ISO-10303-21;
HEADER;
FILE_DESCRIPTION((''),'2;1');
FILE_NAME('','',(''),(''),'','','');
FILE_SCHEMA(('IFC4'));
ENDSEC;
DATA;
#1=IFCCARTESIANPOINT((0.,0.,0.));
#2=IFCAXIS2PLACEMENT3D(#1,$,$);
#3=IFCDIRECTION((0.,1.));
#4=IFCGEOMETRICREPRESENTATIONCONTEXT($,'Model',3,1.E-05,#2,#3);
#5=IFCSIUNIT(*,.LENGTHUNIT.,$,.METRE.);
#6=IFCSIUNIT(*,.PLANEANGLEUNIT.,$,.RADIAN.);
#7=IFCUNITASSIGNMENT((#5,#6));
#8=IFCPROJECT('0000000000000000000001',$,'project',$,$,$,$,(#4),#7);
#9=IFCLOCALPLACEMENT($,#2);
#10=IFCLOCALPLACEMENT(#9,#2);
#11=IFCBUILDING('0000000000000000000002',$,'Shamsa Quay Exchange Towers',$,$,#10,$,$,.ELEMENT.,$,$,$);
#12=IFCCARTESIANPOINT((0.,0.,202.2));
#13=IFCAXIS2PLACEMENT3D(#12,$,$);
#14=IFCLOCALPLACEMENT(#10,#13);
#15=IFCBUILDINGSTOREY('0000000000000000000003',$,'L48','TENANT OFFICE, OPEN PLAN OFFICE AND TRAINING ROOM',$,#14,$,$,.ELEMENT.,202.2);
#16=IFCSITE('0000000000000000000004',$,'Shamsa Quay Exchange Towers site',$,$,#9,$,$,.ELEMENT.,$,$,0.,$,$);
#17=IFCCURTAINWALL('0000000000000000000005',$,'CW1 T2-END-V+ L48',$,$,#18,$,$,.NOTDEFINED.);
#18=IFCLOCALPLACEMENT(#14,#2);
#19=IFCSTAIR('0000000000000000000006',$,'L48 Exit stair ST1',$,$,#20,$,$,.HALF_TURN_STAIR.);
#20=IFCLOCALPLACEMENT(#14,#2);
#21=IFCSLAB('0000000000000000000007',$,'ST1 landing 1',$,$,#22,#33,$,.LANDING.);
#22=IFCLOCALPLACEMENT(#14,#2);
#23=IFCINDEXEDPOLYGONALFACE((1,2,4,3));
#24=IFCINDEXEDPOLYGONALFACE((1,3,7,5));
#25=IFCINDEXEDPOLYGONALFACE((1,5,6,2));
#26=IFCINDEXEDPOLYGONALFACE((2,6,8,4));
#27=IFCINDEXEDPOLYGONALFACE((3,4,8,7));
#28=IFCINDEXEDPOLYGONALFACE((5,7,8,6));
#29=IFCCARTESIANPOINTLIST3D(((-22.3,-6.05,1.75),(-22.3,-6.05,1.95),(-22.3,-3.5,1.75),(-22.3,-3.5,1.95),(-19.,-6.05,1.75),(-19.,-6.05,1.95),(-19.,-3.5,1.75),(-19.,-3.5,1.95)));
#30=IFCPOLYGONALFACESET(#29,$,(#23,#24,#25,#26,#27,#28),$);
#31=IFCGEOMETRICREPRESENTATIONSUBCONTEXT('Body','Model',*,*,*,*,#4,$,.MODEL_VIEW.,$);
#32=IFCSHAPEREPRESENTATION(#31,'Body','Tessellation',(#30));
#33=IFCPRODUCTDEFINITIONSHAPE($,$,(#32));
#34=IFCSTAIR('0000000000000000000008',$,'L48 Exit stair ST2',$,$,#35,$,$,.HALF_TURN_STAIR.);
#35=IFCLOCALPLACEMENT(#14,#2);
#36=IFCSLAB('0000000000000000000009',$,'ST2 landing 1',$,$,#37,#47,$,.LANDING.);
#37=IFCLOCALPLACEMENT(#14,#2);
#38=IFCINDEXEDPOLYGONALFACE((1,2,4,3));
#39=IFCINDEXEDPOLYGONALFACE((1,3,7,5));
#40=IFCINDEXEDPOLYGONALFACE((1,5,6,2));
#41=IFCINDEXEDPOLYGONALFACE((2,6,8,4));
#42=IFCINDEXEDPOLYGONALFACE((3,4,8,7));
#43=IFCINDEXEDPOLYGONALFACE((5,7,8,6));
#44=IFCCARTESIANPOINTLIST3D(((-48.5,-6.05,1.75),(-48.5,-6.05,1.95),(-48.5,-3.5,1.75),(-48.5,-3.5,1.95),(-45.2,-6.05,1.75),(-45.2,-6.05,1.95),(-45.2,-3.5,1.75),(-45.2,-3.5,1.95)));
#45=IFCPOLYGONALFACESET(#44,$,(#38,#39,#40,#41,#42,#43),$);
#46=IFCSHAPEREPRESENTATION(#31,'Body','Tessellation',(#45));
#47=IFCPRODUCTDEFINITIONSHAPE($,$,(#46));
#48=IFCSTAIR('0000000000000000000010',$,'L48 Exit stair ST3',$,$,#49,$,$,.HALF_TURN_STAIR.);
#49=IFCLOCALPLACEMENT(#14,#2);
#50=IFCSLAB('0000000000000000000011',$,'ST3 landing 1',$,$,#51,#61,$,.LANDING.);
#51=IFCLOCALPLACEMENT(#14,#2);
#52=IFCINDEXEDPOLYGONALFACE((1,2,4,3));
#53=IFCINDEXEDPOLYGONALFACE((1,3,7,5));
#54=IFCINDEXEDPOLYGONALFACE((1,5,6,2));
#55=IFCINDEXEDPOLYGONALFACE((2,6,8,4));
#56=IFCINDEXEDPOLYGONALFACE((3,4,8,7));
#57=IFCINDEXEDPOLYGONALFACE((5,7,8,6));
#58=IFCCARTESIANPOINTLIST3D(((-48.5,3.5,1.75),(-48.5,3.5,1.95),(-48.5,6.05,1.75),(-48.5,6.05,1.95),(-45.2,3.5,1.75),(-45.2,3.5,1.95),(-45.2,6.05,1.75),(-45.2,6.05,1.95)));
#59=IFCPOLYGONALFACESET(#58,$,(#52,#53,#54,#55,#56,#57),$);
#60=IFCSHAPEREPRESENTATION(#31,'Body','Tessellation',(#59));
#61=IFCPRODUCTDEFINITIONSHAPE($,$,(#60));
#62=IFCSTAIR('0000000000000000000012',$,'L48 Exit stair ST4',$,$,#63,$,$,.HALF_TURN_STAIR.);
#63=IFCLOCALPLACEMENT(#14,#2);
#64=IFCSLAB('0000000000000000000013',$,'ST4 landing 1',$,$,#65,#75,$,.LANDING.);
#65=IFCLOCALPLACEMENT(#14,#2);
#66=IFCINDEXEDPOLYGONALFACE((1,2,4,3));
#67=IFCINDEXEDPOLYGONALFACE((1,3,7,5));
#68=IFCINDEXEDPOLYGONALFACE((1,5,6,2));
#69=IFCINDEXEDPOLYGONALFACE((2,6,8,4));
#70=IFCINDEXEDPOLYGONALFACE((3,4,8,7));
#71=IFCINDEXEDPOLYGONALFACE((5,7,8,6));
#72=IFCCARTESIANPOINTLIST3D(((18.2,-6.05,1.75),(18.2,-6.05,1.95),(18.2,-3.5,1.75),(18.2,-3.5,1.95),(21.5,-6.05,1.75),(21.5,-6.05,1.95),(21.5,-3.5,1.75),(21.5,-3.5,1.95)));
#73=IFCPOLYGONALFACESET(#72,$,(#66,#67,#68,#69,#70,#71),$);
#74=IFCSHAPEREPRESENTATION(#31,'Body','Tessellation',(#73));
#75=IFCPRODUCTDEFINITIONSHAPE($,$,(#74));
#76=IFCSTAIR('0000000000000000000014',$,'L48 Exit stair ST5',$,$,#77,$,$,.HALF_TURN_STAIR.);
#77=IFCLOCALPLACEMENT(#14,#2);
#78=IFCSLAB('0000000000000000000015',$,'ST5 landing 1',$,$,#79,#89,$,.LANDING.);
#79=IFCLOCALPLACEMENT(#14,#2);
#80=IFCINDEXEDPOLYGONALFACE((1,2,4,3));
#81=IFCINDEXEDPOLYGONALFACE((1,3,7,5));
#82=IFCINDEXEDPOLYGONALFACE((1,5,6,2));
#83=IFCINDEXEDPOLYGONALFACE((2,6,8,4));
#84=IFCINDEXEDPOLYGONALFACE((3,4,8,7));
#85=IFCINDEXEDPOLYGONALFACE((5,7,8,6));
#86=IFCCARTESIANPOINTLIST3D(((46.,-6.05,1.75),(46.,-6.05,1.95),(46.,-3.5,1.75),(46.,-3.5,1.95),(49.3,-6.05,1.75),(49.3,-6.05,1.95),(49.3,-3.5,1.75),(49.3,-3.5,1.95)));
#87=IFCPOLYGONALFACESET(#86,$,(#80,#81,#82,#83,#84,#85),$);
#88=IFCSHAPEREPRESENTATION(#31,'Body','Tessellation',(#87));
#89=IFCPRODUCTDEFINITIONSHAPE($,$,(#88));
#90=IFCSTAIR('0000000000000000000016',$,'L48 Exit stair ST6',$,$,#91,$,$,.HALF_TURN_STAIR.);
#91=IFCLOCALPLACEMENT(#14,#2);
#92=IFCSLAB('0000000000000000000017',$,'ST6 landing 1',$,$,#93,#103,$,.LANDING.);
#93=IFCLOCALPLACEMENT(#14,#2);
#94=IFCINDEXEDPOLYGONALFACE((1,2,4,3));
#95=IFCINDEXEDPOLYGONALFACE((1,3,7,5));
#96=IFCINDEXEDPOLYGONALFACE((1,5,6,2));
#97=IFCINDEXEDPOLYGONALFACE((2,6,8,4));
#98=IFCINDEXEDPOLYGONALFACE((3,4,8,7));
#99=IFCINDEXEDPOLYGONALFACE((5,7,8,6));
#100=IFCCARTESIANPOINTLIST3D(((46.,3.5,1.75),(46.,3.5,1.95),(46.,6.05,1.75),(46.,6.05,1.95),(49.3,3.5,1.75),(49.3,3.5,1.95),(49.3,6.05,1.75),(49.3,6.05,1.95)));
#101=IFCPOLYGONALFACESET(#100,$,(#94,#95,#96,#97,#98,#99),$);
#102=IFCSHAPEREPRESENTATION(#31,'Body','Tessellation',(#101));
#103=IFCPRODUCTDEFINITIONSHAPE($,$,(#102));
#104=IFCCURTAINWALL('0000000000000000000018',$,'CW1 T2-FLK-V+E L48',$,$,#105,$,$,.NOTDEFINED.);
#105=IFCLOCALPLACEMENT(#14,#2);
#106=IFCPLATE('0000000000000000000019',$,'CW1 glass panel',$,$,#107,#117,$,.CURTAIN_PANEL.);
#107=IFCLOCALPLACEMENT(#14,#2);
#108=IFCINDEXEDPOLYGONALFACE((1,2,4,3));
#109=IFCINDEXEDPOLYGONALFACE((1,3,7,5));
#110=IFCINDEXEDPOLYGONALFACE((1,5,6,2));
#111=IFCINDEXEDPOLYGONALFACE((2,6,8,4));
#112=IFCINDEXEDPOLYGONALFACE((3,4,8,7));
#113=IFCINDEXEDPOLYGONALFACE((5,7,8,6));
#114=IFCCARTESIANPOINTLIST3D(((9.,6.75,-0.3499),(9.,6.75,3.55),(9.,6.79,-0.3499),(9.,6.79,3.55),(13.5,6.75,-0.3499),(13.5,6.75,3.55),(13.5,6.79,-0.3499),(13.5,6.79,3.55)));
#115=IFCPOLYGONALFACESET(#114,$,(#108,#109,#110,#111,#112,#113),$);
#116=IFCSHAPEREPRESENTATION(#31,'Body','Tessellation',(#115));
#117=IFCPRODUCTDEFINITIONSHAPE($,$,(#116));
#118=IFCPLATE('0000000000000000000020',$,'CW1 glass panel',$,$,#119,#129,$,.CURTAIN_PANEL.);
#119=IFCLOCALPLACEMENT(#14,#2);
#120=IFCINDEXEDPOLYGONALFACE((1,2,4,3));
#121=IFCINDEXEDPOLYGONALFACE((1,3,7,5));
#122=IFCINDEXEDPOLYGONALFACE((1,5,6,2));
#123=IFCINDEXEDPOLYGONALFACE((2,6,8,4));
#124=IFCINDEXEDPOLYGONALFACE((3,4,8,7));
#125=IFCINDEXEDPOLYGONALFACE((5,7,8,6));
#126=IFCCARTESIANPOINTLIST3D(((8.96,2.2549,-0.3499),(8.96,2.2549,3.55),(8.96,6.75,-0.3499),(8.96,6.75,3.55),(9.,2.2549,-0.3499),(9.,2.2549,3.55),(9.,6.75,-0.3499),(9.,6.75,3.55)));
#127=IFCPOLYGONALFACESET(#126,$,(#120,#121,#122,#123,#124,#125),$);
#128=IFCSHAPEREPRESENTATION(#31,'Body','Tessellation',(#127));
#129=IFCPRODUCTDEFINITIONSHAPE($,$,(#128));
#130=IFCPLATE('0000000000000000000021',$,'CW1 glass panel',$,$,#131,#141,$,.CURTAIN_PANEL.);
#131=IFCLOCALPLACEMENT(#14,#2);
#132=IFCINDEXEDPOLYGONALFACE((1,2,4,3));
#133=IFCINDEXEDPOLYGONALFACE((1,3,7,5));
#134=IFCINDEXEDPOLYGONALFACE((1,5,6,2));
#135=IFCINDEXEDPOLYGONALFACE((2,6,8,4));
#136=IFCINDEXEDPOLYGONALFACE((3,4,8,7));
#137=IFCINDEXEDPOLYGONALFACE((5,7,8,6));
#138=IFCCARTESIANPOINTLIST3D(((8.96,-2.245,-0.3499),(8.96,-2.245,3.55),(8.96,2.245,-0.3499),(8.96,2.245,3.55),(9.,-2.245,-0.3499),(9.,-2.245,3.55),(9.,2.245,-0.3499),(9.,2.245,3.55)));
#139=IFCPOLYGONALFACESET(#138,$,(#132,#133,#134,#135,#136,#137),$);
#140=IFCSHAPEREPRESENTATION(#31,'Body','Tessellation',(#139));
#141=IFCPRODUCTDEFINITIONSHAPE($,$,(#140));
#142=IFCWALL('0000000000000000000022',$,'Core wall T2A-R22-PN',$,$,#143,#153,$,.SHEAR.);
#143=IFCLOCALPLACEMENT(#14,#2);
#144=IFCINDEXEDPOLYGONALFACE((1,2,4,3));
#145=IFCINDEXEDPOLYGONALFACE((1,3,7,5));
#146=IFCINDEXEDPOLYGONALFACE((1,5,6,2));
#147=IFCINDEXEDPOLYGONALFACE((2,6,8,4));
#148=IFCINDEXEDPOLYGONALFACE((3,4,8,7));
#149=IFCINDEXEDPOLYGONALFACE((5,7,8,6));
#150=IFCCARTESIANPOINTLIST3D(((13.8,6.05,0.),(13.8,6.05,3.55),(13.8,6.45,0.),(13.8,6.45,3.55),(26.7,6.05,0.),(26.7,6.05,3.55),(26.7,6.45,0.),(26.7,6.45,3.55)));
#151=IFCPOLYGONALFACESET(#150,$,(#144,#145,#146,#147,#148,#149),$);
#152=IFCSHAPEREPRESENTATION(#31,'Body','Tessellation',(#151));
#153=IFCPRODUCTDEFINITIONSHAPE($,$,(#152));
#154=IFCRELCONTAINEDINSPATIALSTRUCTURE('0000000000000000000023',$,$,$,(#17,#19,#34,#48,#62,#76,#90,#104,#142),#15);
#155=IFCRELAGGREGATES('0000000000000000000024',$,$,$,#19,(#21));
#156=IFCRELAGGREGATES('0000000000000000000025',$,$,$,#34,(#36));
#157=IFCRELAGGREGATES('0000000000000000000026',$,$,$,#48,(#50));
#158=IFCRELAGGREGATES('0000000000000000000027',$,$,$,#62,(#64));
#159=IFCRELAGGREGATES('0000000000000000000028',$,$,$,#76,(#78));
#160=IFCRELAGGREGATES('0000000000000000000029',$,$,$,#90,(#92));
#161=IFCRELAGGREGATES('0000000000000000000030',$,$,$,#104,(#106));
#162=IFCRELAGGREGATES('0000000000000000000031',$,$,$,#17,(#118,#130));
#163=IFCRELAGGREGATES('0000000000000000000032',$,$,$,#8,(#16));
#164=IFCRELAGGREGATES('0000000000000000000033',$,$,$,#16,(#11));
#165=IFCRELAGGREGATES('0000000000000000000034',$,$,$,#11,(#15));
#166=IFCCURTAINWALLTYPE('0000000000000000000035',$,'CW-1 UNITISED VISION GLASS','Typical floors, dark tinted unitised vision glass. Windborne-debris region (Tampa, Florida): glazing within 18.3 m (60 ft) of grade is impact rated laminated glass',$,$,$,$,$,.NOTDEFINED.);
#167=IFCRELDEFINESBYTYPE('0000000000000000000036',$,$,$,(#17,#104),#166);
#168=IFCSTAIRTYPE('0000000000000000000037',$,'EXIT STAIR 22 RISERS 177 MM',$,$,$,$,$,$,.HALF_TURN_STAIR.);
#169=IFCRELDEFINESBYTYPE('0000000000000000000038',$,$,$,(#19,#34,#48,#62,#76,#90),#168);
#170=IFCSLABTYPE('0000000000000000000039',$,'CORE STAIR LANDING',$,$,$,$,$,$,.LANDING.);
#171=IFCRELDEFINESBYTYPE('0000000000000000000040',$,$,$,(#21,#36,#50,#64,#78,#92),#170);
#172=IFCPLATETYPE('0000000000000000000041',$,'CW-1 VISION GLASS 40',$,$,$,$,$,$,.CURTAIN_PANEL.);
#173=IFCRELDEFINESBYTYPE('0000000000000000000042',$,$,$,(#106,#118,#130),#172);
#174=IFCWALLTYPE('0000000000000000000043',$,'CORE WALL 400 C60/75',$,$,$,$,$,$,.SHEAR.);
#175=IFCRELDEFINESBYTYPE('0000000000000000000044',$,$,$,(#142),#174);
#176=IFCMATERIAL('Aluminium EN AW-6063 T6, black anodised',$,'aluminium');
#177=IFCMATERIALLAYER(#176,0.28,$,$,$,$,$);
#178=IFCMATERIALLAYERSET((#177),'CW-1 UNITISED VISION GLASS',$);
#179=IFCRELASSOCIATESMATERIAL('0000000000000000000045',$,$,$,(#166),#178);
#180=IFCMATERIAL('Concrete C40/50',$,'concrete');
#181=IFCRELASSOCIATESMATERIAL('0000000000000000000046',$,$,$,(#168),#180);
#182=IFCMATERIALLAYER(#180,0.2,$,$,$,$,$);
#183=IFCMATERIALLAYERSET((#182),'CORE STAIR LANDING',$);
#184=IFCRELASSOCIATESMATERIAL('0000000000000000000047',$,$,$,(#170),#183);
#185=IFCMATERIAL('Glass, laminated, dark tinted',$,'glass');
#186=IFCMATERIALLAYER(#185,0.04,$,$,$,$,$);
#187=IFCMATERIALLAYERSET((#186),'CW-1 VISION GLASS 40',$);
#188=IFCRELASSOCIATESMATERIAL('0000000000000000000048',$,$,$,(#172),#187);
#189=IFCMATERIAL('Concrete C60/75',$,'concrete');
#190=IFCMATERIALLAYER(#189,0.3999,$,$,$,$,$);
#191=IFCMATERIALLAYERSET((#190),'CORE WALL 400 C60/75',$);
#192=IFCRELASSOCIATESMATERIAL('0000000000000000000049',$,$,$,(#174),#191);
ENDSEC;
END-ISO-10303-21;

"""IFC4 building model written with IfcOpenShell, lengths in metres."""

from ifc_helpers import new_model, si_unit, direction, frame, frame_2d, origin, origin_2d, place, context, subcontext, project, spatial, polyline, rectangle, outline, extrude, material, layer, layer_set, type_object, element, aggregate, save


model = new_model("IFC4")

# Units and contexts
model_context = context("Model", 3, precision=1e-05, world=origin(), true_north=direction((0.0, 1.0)))
body_context = subcontext(model_context, "Body", "Model", "MODEL_VIEW")
ifc_project = project(units=[si_unit("LENGTHUNIT", "METRE"), si_unit("PLANEANGLEUNIT", "RADIAN")], contexts=[model_context])

# Site, building, storey
site_placement = place(None, origin())
site = spatial("IfcSite", under=ifc_project, at=site_placement, Name="Shamsa Quay Exchange Towers site", CompositionType="ELEMENT", RefElevation=0.0)
building_placement = place(site_placement, origin())
building = spatial("IfcBuilding", under=site, at=building_placement, Name="Shamsa Quay Exchange Towers", CompositionType="ELEMENT")
storey_placement = place(building_placement, frame((0.0, 0.0, 202.2)))
storey = spatial("IfcBuildingStorey", under=building, at=storey_placement, Name="L48", Description="TENANT OFFICE, OPEN PLAN OFFICE AND TRAINING ROOM", CompositionType="ELEMENT", Elevation=202.2)

# Curtain wall
ifc_material_1 = material(Name="Aluminium EN AW-6063 T6, black anodised", Category="aluminium")
ifc_layer_1 = layer(ifc_material_1, 0.28)
ifc_layer_set_1 = layer_set([ifc_layer_1], Name="CW-1 UNITISED VISION GLASS")
curtain_wall_type = type_object("IfcCurtainWallType", Name="CW-1 UNITISED VISION GLASS", Description="Typical floors, dark tinted unitised vision glass. Windborne-debris region (Tampa, Florida): glazing within 18.3 m (60 ft) of grade is impact rated laminated glass", PredefinedType="NOTDEFINED", material=ifc_layer_set_1)
curtain_wall_1_placement = place(storey_placement, origin())
curtain_wall_1 = element("IfcCurtainWall", 1, at=curtain_wall_1_placement, inside=storey, type_object=curtain_wall_type, Name="CW1 T2-END-V+ L48", PredefinedType="NOTDEFINED")

# Stairs, slabs
ifc_material_2 = material(Name="Concrete C40/50", Category="concrete")
stair_type = type_object("IfcStairType", Name="EXIT STAIR 22 RISERS 177 MM", PredefinedType="HALF_TURN_STAIR", material=ifc_material_2)
stair_1_placement = place(storey_placement, origin())
stair_1 = element("IfcStair", 2, at=stair_1_placement, inside=storey, type_object=stair_type, Name="L48 Exit stair ST1", PredefinedType="HALF_TURN_STAIR")
ifc_layer_2 = layer(ifc_material_2, 0.2)
ifc_layer_set_2 = layer_set([ifc_layer_2], Name="CORE STAIR LANDING")
slab_type_1 = type_object("IfcSlabType", Name="CORE STAIR LANDING", PredefinedType="LANDING", material=ifc_layer_set_2)
slab_1_placement = place(storey_placement, frame((0.0, 0.0, 1.75)))
slab_1 = element("IfcSlab", 3, at=slab_1_placement, type_object=slab_type_1, Name="ST1 landing 1", PredefinedType="LANDING", context=body_context, shape_type="SweptSolid", body=[
    extrude(outline(polyline([(-22.3, -6.05), (-19.0, -6.05), (-19.0, -3.5), (-22.3, -3.5), (-22.3, -6.05)])), origin(), (0.0, 0.0, 1.0), 0.2),
])
aggregate(stair_1, [slab_1])
stair_2_placement = place(storey_placement, origin())
stair_2 = element("IfcStair", 4, at=stair_2_placement, inside=storey, type_object=stair_type, Name="L48 Exit stair ST2", PredefinedType="HALF_TURN_STAIR")
slab_2_placement = place(storey_placement, frame((0.0, 0.0, 1.75)))
slab_2 = element("IfcSlab", 5, at=slab_2_placement, type_object=slab_type_1, Name="ST2 landing 1", PredefinedType="LANDING", context=body_context, shape_type="SweptSolid", body=[
    extrude(outline(polyline([(-45.2, -3.5), (-48.5, -3.5), (-48.5, -6.05), (-45.2, -6.05), (-45.2, -3.5)])), origin(), (0.0, 0.0, 1.0), 0.2),
])
aggregate(stair_2, [slab_2])
stair_3_placement = place(storey_placement, origin())
stair_3 = element("IfcStair", 6, at=stair_3_placement, inside=storey, type_object=stair_type, Name="L48 Exit stair ST3", PredefinedType="HALF_TURN_STAIR")
slab_3_placement = place(storey_placement, frame((0.0, 0.0, 1.75)))
slab_3 = element("IfcSlab", 7, at=slab_3_placement, type_object=slab_type_1, Name="ST3 landing 1", PredefinedType="LANDING", context=body_context, shape_type="SweptSolid", body=[
    extrude(outline(polyline([(-45.2, 6.05), (-48.5, 6.05), (-48.5, 3.5), (-45.2, 3.5), (-45.2, 6.05)])), origin(), (0.0, 0.0, 1.0), 0.2),
])
aggregate(stair_3, [slab_3])
stair_4_placement = place(storey_placement, origin())
stair_4 = element("IfcStair", 8, at=stair_4_placement, inside=storey, type_object=stair_type, Name="L48 Exit stair ST4", PredefinedType="HALF_TURN_STAIR")
slab_4_placement = place(storey_placement, frame((0.0, 0.0, 1.75)))
slab_4 = element("IfcSlab", 9, at=slab_4_placement, type_object=slab_type_1, Name="ST4 landing 1", PredefinedType="LANDING", context=body_context, shape_type="SweptSolid", body=[
    extrude(outline(polyline([(18.2, -6.05), (21.5, -6.05), (21.5, -3.5), (18.2, -3.5), (18.2, -6.05)])), origin(), (0.0, 0.0, 1.0), 0.2),
])
aggregate(stair_4, [slab_4])
stair_5_placement = place(storey_placement, origin())
stair_5 = element("IfcStair", 10, at=stair_5_placement, inside=storey, type_object=stair_type, Name="L48 Exit stair ST5", PredefinedType="HALF_TURN_STAIR")
slab_5_placement = place(storey_placement, frame((0.0, 0.0, 1.75)))
slab_5 = element("IfcSlab", 11, at=slab_5_placement, type_object=slab_type_1, Name="ST5 landing 1", PredefinedType="LANDING", context=body_context, shape_type="SweptSolid", body=[
    extrude(outline(polyline([(49.3, -3.5), (46.0, -3.5), (46.0, -6.05), (49.3, -6.05), (49.3, -3.5)])), origin(), (0.0, 0.0, 1.0), 0.2),
])
aggregate(stair_5, [slab_5])
stair_6_placement = place(storey_placement, origin())
stair_6 = element("IfcStair", 12, at=stair_6_placement, inside=storey, type_object=stair_type, Name="L48 Exit stair ST6", PredefinedType="HALF_TURN_STAIR")
slab_6_placement = place(storey_placement, frame((0.0, 0.0, 1.75)))
slab_6 = element("IfcSlab", 13, at=slab_6_placement, type_object=slab_type_1, Name="ST6 landing 1", PredefinedType="LANDING", context=body_context, shape_type="SweptSolid", body=[
    extrude(outline(polyline([(49.3, 6.05), (46.0, 6.05), (46.0, 3.5), (49.3, 3.5), (49.3, 6.05)])), origin(), (0.0, 0.0, 1.0), 0.2),
])
aggregate(stair_6, [slab_6])

# Curtain wall, plate
curtain_wall_2_placement = place(storey_placement, origin())
curtain_wall_2 = element("IfcCurtainWall", 14, at=curtain_wall_2_placement, inside=storey, type_object=curtain_wall_type, Name="CW1 T2-FLK-V+E L48", PredefinedType="NOTDEFINED")
ifc_material_3 = material(Name="Glass, laminated, dark tinted", Category="glass")
ifc_layer_3 = layer(ifc_material_3, 0.04)
ifc_layer_set_3 = layer_set([ifc_layer_3], Name="CW-1 VISION GLASS 40")
plate_type = type_object("IfcPlateType", Name="CW-1 VISION GLASS 40", PredefinedType="CURTAIN_PANEL", material=ifc_layer_set_3)
plate_1_placement = place(storey_placement, frame((11.25, 6.77, -0.3499), z_axis=(0.0, 0.0, 1.0), x_axis=(-1.0, 0.0, 0.0)))
plate_1 = element("IfcPlate", 15, at=plate_1_placement, type_object=plate_type, Name="CW1 glass panel", PredefinedType="CURTAIN_PANEL", context=body_context, shape_type="SweptSolid", body=[
    extrude(rectangle(XDim=4.5, YDim=0.04, at=origin_2d()), origin(), (0.0, 0.0, 1.0), 3.8999),
])
aggregate(curtain_wall_2, [plate_1])

# Plates
plate_2_placement = place(storey_placement, frame((8.98, 4.5024, -0.3499), z_axis=(0.0, 0.0, 1.0), x_axis=(0.0, -1.0, 0.0)))
plate_2 = element("IfcPlate", 16, at=plate_2_placement, type_object=plate_type, Name="CW1 glass panel", PredefinedType="CURTAIN_PANEL", context=body_context, shape_type="SweptSolid", body=[
    extrude(rectangle(XDim=4.4951, YDim=0.04, at=origin_2d()), origin(), (0.0, 0.0, 1.0), 3.8999),
])
plate_3_placement = place(storey_placement, frame((8.98, 0.0, -0.3499), z_axis=(0.0, 0.0, 1.0), x_axis=(0.0, -1.0, 0.0)))
plate_3 = element("IfcPlate", 17, at=plate_3_placement, type_object=plate_type, Name="CW1 glass panel", PredefinedType="CURTAIN_PANEL", context=body_context, shape_type="SweptSolid", body=[
    extrude(rectangle(XDim=4.49, YDim=0.04, at=origin_2d()), origin(), (0.0, 0.0, 1.0), 3.8999),
])
aggregate(curtain_wall_1, [plate_2, plate_3])

# Wall
ifc_material_4 = material(Name="Concrete C60/75", Category="concrete")
ifc_layer_4 = layer(ifc_material_4, 0.3999)
ifc_layer_set_4 = layer_set([ifc_layer_4], Name="CORE WALL 400 C60/75")
wall_type = type_object("IfcWallType", Name="CORE WALL 400 C60/75", PredefinedType="SHEAR", material=ifc_layer_set_4)
wall_placement = place(storey_placement, frame((13.8, 6.25, 0.0)))
element("IfcWall", 18, at=wall_placement, inside=storey, type_object=wall_type, Name="Core wall T2A-R22-PN", PredefinedType="SHEAR", context=body_context, shape_type="SweptSolid", body=[
    extrude(rectangle(XDim=12.8999, YDim=0.3999, at=frame_2d((6.45, 0.0))), origin(), (0.0, 0.0, 1.0), 3.55),
])

save(model, "model.ifc")
